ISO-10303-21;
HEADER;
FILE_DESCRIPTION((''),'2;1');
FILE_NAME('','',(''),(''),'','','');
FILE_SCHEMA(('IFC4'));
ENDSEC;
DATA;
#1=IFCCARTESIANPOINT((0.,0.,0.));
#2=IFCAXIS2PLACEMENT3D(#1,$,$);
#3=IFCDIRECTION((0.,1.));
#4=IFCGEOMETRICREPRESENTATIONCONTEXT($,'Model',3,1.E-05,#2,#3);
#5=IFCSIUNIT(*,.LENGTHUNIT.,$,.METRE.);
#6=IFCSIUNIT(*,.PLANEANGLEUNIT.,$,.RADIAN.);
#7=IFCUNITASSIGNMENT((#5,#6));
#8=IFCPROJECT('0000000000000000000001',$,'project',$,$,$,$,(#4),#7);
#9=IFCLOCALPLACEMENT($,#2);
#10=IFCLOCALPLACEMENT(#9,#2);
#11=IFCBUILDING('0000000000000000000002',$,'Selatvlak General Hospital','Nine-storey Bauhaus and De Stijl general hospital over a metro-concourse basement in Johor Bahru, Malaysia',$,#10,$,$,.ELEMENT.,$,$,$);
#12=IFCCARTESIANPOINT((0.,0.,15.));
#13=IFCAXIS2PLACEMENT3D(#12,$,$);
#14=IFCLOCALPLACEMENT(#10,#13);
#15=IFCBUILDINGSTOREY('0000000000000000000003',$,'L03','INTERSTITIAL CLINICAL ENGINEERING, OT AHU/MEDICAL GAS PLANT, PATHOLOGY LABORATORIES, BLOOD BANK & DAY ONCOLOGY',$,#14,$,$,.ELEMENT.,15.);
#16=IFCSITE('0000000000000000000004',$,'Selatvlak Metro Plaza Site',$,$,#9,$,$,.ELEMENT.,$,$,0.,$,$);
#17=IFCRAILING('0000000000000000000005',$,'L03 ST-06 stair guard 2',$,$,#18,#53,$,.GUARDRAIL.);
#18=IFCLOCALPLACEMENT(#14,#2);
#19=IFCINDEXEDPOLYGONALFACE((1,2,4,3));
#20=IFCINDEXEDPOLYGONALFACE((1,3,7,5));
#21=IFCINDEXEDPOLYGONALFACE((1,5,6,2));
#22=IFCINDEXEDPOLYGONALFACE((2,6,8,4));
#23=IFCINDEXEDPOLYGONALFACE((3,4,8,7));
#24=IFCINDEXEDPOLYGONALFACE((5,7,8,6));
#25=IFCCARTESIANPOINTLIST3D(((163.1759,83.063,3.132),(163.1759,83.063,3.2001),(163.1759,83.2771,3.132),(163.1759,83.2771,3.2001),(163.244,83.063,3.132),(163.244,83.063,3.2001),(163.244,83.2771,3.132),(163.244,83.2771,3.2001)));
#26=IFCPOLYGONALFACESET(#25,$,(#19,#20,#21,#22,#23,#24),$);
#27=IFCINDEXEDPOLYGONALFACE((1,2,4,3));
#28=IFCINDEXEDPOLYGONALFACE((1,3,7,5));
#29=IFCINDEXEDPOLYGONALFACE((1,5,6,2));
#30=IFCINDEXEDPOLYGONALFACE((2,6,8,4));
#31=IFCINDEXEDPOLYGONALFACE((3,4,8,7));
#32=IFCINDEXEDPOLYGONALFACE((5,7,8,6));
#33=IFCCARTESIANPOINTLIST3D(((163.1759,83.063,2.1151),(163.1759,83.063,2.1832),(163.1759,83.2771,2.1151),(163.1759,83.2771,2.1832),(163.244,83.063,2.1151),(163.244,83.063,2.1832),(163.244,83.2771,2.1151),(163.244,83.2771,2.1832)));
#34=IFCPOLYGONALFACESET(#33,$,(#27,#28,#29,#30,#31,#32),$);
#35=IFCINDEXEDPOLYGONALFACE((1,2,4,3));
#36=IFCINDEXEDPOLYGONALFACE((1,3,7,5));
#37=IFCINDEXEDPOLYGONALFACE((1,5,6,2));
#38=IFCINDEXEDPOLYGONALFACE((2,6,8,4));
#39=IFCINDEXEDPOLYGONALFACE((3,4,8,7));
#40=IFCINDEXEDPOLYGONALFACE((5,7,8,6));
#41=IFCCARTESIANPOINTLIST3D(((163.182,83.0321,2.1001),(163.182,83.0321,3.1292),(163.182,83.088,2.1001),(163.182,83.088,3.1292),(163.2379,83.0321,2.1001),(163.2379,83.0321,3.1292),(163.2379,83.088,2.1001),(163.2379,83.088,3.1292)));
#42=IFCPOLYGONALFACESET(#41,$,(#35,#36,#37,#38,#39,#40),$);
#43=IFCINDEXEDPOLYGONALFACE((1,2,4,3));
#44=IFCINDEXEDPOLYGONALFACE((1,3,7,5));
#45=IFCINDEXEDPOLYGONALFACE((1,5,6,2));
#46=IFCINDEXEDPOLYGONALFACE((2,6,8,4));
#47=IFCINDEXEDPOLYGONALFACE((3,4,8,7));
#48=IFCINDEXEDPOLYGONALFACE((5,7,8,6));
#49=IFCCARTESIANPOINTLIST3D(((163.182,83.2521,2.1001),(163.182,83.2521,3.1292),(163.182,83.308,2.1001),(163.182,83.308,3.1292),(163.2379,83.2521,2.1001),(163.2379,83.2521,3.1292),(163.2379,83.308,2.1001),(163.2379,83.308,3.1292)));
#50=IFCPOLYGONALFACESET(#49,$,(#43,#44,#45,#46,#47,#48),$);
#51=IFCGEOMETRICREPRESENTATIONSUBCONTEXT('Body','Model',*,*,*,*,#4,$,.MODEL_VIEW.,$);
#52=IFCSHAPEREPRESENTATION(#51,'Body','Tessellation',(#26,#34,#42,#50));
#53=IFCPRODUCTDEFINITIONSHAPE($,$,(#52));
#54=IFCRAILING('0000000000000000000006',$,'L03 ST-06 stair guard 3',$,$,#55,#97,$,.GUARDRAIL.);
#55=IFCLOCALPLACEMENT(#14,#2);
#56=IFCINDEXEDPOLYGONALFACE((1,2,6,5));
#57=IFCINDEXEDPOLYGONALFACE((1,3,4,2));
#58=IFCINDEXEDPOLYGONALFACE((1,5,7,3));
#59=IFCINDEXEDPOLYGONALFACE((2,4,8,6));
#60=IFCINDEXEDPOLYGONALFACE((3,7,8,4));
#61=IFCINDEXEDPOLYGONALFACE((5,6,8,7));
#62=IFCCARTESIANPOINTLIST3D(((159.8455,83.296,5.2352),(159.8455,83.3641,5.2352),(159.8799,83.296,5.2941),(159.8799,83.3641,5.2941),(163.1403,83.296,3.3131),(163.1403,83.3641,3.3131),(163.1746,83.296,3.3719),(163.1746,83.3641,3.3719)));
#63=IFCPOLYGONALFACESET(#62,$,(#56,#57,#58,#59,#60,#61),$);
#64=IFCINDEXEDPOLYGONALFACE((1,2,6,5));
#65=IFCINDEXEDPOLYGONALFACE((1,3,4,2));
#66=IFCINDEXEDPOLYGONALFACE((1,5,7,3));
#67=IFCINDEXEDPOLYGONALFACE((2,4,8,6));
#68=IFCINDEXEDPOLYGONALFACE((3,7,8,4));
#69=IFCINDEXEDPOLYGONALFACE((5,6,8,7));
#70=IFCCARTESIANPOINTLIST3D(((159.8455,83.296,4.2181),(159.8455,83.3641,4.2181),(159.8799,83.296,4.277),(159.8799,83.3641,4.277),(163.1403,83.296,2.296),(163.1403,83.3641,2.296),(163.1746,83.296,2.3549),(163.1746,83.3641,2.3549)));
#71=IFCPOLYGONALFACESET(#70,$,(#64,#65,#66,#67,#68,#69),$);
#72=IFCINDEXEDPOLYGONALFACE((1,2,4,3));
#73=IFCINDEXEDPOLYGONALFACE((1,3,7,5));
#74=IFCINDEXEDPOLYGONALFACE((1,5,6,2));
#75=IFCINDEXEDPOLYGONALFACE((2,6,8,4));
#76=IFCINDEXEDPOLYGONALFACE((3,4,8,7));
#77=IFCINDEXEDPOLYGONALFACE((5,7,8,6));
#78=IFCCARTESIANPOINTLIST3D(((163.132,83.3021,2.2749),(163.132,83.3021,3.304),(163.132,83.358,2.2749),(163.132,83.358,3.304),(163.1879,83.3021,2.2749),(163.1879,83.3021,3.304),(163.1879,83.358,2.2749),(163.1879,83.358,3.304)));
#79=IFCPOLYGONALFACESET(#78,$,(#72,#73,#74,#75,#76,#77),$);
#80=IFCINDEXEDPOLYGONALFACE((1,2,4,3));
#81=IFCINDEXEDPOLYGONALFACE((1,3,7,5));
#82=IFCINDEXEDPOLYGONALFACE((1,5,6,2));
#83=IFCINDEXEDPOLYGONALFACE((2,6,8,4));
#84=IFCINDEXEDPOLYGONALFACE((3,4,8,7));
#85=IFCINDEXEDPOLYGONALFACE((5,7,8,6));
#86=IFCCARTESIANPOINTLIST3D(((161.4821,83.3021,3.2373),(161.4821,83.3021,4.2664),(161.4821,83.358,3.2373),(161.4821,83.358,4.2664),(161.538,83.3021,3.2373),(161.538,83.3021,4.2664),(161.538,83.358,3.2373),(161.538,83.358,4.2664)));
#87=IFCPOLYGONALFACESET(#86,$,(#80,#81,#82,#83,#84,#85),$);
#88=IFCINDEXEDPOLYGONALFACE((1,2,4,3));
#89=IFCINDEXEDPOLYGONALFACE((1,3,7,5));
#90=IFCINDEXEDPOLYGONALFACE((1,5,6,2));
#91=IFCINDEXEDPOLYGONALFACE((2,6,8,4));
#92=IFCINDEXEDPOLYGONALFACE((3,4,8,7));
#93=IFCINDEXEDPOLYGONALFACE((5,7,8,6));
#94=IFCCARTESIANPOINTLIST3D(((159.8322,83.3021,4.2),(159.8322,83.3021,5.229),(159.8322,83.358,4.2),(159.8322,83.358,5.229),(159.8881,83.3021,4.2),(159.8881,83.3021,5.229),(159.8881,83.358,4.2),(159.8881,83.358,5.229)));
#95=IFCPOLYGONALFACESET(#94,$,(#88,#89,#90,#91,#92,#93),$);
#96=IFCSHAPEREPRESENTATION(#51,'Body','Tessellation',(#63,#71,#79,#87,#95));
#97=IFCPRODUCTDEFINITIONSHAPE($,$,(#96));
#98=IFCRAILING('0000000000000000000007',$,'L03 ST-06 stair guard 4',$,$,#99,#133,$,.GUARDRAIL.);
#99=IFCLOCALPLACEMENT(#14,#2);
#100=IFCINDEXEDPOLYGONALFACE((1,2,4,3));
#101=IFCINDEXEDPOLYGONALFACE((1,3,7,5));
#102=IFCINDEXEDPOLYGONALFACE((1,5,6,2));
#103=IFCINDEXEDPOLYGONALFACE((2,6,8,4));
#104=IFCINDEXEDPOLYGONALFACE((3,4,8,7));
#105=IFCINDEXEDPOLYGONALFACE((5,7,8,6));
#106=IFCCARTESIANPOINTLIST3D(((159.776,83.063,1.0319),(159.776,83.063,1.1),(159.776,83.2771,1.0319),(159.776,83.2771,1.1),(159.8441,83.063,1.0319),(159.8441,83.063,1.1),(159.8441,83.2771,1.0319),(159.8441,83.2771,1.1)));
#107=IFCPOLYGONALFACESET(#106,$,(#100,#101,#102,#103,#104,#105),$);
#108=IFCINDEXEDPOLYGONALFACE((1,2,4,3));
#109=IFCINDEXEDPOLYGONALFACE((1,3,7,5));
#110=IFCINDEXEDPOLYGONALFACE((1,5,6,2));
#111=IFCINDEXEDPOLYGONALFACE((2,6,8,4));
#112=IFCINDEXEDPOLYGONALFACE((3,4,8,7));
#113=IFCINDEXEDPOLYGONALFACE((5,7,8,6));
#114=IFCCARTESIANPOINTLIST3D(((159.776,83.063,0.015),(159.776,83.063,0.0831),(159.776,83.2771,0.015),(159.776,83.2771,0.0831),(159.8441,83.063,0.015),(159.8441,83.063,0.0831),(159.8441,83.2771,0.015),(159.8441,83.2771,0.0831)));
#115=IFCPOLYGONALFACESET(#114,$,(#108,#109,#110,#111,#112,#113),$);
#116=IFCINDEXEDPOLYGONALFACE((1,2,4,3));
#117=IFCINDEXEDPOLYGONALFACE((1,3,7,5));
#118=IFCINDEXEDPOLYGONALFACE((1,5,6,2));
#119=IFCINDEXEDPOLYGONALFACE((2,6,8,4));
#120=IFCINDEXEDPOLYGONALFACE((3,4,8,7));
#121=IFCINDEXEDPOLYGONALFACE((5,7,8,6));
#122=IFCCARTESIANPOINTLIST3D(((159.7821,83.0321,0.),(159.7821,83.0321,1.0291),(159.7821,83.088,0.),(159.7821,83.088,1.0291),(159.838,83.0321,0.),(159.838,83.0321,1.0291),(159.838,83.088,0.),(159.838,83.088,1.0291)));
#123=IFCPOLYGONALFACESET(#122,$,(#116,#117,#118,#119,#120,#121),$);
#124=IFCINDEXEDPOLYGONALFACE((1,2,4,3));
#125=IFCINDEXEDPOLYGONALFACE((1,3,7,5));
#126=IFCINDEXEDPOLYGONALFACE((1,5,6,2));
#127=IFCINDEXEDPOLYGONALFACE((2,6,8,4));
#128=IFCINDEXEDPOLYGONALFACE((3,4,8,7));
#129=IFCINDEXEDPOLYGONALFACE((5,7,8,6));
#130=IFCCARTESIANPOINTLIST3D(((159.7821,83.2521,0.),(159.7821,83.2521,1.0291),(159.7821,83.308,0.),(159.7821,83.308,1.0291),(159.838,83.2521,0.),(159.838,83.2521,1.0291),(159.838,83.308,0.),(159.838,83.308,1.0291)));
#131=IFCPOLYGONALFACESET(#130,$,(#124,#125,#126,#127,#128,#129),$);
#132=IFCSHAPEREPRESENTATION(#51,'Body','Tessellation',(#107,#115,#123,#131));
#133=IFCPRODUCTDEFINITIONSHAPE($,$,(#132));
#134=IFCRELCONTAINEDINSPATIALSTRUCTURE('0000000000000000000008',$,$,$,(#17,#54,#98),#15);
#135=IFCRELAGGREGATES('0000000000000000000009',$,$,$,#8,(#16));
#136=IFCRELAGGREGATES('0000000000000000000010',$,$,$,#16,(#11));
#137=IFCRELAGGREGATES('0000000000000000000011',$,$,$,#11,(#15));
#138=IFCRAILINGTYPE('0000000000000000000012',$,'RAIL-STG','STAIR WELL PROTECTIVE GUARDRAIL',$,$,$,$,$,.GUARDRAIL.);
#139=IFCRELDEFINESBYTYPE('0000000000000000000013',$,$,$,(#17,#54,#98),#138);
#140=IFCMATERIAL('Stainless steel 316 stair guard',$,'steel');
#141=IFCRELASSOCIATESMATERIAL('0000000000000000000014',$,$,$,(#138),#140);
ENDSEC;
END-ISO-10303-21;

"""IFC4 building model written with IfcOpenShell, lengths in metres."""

from ifc_helpers import new_model, si_unit, direction, frame, origin, origin_2d, place, context, subcontext, project, spatial, rectangle, extrude, material, type_object, element, save


model = new_model("IFC4")

# Units and contexts
model_context = context("Model", 3, precision=1e-05, world=origin(), true_north=direction((0.0, 1.0)))
body_context = subcontext(model_context, "Body", "Model", "MODEL_VIEW")
ifc_project = project(units=[si_unit("LENGTHUNIT", "METRE"), si_unit("PLANEANGLEUNIT", "RADIAN")], contexts=[model_context])

# Site, building, storey
site_placement = place(None, origin())
site = spatial("IfcSite", under=ifc_project, at=site_placement, Name="Selatvlak Metro Plaza Site", CompositionType="ELEMENT", RefElevation=0.0)
building_placement = place(site_placement, origin())
building = spatial("IfcBuilding", under=site, at=building_placement, Name="Selatvlak General Hospital", Description="Nine-storey Bauhaus and De Stijl general hospital over a metro-concourse basement in Johor Bahru, Malaysia", CompositionType="ELEMENT")
storey_placement = place(building_placement, frame((0.0, 0.0, 15.0)))
storey = spatial("IfcBuildingStorey", under=building, at=storey_placement, Name="L03", Description="INTERSTITIAL CLINICAL ENGINEERING, OT AHU/MEDICAL GAS PLANT, PATHOLOGY LABORATORIES, BLOOD BANK & DAY ONCOLOGY", CompositionType="ELEMENT", Elevation=15.0)

# Railings
ifc_material_1 = material(Name="Stainless steel 316 stair guard", Category="steel")
railing_type_1 = type_object("IfcRailingType", Name="RAIL-STG", Description="STAIR WELL PROTECTIVE GUARDRAIL", PredefinedType="GUARDRAIL", material=ifc_material_1)
railing_1_placement = place(storey_placement, frame((163.21, 83.0601, 2.1001)))
element("IfcRailing", 1, at=railing_1_placement, inside=storey, type_object=railing_type_1, Name="L03 ST-06 stair guard 2", PredefinedType="GUARDRAIL", context=body_context, shape_type="SweptSolid", body=[
    extrude(rectangle(XDim=0.0681, YDim=0.0681, at=origin_2d()), frame((0.0, 0.0029, 1.0659), z_axis=(0.0, 1.0, 0.0), x_axis=(-1.0, 0.0, 0.0)), (0.0, 0.0, 1.0), 0.2141),
    extrude(rectangle(XDim=0.0681, YDim=0.0681, at=origin_2d()), frame((0.0, 0.0029, 0.0491), z_axis=(0.0, 1.0, 0.0), x_axis=(-1.0, 0.0, 0.0)), (0.0, 0.0, 1.0), 0.2141),
    extrude(rectangle(XDim=0.0559, YDim=0.0559, at=origin_2d()), origin(), (0.0, 0.0, 1.0), 1.0291),
    extrude(rectangle(XDim=0.0559, YDim=0.0559, at=origin_2d()), frame((0.0, 0.22, 0.0)), (0.0, 0.0, 1.0), 1.0291),
])
railing_2_placement = place(storey_placement, frame((163.1599, 83.3301, 2.2749)))
element("IfcRailing", 2, at=railing_2_placement, inside=storey, type_object=railing_type_1, Name="L03 ST-06 stair guard 3", PredefinedType="GUARDRAIL", context=body_context, shape_type="SweptSolid", body=[
    extrude(rectangle(XDim=0.0681, YDim=0.0681, at=origin_2d()), frame((-0.0024, 0.0, 1.0676), z_axis=(-0.86376, 0.0, 0.503903), x_axis=(0.0, -1.0, 0.0)), (0.0, 0.0, 1.0), 3.8145),
    extrude(rectangle(XDim=0.0681, YDim=0.0681, at=origin_2d()), frame((-0.0024, 0.0, 0.0505), z_axis=(-0.86376, 0.0, 0.503903), x_axis=(0.0, -1.0, 0.0)), (0.0, 0.0, 1.0), 3.8145),
    extrude(rectangle(XDim=0.0559, YDim=0.0559, at=origin_2d()), origin(), (0.0, 0.0, 1.0), 1.0291),
    extrude(rectangle(XDim=0.0559, YDim=0.0559, at=origin_2d()), frame((-1.6499, 0.0, 0.9624)), (0.0, 0.0, 1.0), 1.0291),
    extrude(rectangle(XDim=0.0559, YDim=0.0559, at=origin_2d()), frame((-3.2998, 0.0, 1.925)), (0.0, 0.0, 1.0), 1.0291),
])
railing_3_placement = place(storey_placement, frame((159.8101, 83.0601, 0.0)))
element("IfcRailing", 3, at=railing_3_placement, inside=storey, type_object=railing_type_1, Name="L03 ST-06 stair guard 4", PredefinedType="GUARDRAIL", context=body_context, shape_type="SweptSolid", body=[
    extrude(rectangle(XDim=0.0681, YDim=0.0681, at=origin_2d()), frame((0.0, 0.0029, 1.0659), z_axis=(0.0, 1.0, 0.0), x_axis=(-1.0, 0.0, 0.0)), (0.0, 0.0, 1.0), 0.2141),
    extrude(rectangle(XDim=0.0681, YDim=0.0681, at=origin_2d()), frame((0.0, 0.0029, 0.0491), z_axis=(0.0, 1.0, 0.0), x_axis=(-1.0, 0.0, 0.0)), (0.0, 0.0, 1.0), 0.2141),
    extrude(rectangle(XDim=0.0559, YDim=0.0559, at=origin_2d()), origin(), (0.0, 0.0, 1.0), 1.0291),
    extrude(rectangle(XDim=0.0559, YDim=0.0559, at=origin_2d()), frame((0.0, 0.22, 0.0)), (0.0, 0.0, 1.0), 1.0291),
])

save(model, "model.ifc")
